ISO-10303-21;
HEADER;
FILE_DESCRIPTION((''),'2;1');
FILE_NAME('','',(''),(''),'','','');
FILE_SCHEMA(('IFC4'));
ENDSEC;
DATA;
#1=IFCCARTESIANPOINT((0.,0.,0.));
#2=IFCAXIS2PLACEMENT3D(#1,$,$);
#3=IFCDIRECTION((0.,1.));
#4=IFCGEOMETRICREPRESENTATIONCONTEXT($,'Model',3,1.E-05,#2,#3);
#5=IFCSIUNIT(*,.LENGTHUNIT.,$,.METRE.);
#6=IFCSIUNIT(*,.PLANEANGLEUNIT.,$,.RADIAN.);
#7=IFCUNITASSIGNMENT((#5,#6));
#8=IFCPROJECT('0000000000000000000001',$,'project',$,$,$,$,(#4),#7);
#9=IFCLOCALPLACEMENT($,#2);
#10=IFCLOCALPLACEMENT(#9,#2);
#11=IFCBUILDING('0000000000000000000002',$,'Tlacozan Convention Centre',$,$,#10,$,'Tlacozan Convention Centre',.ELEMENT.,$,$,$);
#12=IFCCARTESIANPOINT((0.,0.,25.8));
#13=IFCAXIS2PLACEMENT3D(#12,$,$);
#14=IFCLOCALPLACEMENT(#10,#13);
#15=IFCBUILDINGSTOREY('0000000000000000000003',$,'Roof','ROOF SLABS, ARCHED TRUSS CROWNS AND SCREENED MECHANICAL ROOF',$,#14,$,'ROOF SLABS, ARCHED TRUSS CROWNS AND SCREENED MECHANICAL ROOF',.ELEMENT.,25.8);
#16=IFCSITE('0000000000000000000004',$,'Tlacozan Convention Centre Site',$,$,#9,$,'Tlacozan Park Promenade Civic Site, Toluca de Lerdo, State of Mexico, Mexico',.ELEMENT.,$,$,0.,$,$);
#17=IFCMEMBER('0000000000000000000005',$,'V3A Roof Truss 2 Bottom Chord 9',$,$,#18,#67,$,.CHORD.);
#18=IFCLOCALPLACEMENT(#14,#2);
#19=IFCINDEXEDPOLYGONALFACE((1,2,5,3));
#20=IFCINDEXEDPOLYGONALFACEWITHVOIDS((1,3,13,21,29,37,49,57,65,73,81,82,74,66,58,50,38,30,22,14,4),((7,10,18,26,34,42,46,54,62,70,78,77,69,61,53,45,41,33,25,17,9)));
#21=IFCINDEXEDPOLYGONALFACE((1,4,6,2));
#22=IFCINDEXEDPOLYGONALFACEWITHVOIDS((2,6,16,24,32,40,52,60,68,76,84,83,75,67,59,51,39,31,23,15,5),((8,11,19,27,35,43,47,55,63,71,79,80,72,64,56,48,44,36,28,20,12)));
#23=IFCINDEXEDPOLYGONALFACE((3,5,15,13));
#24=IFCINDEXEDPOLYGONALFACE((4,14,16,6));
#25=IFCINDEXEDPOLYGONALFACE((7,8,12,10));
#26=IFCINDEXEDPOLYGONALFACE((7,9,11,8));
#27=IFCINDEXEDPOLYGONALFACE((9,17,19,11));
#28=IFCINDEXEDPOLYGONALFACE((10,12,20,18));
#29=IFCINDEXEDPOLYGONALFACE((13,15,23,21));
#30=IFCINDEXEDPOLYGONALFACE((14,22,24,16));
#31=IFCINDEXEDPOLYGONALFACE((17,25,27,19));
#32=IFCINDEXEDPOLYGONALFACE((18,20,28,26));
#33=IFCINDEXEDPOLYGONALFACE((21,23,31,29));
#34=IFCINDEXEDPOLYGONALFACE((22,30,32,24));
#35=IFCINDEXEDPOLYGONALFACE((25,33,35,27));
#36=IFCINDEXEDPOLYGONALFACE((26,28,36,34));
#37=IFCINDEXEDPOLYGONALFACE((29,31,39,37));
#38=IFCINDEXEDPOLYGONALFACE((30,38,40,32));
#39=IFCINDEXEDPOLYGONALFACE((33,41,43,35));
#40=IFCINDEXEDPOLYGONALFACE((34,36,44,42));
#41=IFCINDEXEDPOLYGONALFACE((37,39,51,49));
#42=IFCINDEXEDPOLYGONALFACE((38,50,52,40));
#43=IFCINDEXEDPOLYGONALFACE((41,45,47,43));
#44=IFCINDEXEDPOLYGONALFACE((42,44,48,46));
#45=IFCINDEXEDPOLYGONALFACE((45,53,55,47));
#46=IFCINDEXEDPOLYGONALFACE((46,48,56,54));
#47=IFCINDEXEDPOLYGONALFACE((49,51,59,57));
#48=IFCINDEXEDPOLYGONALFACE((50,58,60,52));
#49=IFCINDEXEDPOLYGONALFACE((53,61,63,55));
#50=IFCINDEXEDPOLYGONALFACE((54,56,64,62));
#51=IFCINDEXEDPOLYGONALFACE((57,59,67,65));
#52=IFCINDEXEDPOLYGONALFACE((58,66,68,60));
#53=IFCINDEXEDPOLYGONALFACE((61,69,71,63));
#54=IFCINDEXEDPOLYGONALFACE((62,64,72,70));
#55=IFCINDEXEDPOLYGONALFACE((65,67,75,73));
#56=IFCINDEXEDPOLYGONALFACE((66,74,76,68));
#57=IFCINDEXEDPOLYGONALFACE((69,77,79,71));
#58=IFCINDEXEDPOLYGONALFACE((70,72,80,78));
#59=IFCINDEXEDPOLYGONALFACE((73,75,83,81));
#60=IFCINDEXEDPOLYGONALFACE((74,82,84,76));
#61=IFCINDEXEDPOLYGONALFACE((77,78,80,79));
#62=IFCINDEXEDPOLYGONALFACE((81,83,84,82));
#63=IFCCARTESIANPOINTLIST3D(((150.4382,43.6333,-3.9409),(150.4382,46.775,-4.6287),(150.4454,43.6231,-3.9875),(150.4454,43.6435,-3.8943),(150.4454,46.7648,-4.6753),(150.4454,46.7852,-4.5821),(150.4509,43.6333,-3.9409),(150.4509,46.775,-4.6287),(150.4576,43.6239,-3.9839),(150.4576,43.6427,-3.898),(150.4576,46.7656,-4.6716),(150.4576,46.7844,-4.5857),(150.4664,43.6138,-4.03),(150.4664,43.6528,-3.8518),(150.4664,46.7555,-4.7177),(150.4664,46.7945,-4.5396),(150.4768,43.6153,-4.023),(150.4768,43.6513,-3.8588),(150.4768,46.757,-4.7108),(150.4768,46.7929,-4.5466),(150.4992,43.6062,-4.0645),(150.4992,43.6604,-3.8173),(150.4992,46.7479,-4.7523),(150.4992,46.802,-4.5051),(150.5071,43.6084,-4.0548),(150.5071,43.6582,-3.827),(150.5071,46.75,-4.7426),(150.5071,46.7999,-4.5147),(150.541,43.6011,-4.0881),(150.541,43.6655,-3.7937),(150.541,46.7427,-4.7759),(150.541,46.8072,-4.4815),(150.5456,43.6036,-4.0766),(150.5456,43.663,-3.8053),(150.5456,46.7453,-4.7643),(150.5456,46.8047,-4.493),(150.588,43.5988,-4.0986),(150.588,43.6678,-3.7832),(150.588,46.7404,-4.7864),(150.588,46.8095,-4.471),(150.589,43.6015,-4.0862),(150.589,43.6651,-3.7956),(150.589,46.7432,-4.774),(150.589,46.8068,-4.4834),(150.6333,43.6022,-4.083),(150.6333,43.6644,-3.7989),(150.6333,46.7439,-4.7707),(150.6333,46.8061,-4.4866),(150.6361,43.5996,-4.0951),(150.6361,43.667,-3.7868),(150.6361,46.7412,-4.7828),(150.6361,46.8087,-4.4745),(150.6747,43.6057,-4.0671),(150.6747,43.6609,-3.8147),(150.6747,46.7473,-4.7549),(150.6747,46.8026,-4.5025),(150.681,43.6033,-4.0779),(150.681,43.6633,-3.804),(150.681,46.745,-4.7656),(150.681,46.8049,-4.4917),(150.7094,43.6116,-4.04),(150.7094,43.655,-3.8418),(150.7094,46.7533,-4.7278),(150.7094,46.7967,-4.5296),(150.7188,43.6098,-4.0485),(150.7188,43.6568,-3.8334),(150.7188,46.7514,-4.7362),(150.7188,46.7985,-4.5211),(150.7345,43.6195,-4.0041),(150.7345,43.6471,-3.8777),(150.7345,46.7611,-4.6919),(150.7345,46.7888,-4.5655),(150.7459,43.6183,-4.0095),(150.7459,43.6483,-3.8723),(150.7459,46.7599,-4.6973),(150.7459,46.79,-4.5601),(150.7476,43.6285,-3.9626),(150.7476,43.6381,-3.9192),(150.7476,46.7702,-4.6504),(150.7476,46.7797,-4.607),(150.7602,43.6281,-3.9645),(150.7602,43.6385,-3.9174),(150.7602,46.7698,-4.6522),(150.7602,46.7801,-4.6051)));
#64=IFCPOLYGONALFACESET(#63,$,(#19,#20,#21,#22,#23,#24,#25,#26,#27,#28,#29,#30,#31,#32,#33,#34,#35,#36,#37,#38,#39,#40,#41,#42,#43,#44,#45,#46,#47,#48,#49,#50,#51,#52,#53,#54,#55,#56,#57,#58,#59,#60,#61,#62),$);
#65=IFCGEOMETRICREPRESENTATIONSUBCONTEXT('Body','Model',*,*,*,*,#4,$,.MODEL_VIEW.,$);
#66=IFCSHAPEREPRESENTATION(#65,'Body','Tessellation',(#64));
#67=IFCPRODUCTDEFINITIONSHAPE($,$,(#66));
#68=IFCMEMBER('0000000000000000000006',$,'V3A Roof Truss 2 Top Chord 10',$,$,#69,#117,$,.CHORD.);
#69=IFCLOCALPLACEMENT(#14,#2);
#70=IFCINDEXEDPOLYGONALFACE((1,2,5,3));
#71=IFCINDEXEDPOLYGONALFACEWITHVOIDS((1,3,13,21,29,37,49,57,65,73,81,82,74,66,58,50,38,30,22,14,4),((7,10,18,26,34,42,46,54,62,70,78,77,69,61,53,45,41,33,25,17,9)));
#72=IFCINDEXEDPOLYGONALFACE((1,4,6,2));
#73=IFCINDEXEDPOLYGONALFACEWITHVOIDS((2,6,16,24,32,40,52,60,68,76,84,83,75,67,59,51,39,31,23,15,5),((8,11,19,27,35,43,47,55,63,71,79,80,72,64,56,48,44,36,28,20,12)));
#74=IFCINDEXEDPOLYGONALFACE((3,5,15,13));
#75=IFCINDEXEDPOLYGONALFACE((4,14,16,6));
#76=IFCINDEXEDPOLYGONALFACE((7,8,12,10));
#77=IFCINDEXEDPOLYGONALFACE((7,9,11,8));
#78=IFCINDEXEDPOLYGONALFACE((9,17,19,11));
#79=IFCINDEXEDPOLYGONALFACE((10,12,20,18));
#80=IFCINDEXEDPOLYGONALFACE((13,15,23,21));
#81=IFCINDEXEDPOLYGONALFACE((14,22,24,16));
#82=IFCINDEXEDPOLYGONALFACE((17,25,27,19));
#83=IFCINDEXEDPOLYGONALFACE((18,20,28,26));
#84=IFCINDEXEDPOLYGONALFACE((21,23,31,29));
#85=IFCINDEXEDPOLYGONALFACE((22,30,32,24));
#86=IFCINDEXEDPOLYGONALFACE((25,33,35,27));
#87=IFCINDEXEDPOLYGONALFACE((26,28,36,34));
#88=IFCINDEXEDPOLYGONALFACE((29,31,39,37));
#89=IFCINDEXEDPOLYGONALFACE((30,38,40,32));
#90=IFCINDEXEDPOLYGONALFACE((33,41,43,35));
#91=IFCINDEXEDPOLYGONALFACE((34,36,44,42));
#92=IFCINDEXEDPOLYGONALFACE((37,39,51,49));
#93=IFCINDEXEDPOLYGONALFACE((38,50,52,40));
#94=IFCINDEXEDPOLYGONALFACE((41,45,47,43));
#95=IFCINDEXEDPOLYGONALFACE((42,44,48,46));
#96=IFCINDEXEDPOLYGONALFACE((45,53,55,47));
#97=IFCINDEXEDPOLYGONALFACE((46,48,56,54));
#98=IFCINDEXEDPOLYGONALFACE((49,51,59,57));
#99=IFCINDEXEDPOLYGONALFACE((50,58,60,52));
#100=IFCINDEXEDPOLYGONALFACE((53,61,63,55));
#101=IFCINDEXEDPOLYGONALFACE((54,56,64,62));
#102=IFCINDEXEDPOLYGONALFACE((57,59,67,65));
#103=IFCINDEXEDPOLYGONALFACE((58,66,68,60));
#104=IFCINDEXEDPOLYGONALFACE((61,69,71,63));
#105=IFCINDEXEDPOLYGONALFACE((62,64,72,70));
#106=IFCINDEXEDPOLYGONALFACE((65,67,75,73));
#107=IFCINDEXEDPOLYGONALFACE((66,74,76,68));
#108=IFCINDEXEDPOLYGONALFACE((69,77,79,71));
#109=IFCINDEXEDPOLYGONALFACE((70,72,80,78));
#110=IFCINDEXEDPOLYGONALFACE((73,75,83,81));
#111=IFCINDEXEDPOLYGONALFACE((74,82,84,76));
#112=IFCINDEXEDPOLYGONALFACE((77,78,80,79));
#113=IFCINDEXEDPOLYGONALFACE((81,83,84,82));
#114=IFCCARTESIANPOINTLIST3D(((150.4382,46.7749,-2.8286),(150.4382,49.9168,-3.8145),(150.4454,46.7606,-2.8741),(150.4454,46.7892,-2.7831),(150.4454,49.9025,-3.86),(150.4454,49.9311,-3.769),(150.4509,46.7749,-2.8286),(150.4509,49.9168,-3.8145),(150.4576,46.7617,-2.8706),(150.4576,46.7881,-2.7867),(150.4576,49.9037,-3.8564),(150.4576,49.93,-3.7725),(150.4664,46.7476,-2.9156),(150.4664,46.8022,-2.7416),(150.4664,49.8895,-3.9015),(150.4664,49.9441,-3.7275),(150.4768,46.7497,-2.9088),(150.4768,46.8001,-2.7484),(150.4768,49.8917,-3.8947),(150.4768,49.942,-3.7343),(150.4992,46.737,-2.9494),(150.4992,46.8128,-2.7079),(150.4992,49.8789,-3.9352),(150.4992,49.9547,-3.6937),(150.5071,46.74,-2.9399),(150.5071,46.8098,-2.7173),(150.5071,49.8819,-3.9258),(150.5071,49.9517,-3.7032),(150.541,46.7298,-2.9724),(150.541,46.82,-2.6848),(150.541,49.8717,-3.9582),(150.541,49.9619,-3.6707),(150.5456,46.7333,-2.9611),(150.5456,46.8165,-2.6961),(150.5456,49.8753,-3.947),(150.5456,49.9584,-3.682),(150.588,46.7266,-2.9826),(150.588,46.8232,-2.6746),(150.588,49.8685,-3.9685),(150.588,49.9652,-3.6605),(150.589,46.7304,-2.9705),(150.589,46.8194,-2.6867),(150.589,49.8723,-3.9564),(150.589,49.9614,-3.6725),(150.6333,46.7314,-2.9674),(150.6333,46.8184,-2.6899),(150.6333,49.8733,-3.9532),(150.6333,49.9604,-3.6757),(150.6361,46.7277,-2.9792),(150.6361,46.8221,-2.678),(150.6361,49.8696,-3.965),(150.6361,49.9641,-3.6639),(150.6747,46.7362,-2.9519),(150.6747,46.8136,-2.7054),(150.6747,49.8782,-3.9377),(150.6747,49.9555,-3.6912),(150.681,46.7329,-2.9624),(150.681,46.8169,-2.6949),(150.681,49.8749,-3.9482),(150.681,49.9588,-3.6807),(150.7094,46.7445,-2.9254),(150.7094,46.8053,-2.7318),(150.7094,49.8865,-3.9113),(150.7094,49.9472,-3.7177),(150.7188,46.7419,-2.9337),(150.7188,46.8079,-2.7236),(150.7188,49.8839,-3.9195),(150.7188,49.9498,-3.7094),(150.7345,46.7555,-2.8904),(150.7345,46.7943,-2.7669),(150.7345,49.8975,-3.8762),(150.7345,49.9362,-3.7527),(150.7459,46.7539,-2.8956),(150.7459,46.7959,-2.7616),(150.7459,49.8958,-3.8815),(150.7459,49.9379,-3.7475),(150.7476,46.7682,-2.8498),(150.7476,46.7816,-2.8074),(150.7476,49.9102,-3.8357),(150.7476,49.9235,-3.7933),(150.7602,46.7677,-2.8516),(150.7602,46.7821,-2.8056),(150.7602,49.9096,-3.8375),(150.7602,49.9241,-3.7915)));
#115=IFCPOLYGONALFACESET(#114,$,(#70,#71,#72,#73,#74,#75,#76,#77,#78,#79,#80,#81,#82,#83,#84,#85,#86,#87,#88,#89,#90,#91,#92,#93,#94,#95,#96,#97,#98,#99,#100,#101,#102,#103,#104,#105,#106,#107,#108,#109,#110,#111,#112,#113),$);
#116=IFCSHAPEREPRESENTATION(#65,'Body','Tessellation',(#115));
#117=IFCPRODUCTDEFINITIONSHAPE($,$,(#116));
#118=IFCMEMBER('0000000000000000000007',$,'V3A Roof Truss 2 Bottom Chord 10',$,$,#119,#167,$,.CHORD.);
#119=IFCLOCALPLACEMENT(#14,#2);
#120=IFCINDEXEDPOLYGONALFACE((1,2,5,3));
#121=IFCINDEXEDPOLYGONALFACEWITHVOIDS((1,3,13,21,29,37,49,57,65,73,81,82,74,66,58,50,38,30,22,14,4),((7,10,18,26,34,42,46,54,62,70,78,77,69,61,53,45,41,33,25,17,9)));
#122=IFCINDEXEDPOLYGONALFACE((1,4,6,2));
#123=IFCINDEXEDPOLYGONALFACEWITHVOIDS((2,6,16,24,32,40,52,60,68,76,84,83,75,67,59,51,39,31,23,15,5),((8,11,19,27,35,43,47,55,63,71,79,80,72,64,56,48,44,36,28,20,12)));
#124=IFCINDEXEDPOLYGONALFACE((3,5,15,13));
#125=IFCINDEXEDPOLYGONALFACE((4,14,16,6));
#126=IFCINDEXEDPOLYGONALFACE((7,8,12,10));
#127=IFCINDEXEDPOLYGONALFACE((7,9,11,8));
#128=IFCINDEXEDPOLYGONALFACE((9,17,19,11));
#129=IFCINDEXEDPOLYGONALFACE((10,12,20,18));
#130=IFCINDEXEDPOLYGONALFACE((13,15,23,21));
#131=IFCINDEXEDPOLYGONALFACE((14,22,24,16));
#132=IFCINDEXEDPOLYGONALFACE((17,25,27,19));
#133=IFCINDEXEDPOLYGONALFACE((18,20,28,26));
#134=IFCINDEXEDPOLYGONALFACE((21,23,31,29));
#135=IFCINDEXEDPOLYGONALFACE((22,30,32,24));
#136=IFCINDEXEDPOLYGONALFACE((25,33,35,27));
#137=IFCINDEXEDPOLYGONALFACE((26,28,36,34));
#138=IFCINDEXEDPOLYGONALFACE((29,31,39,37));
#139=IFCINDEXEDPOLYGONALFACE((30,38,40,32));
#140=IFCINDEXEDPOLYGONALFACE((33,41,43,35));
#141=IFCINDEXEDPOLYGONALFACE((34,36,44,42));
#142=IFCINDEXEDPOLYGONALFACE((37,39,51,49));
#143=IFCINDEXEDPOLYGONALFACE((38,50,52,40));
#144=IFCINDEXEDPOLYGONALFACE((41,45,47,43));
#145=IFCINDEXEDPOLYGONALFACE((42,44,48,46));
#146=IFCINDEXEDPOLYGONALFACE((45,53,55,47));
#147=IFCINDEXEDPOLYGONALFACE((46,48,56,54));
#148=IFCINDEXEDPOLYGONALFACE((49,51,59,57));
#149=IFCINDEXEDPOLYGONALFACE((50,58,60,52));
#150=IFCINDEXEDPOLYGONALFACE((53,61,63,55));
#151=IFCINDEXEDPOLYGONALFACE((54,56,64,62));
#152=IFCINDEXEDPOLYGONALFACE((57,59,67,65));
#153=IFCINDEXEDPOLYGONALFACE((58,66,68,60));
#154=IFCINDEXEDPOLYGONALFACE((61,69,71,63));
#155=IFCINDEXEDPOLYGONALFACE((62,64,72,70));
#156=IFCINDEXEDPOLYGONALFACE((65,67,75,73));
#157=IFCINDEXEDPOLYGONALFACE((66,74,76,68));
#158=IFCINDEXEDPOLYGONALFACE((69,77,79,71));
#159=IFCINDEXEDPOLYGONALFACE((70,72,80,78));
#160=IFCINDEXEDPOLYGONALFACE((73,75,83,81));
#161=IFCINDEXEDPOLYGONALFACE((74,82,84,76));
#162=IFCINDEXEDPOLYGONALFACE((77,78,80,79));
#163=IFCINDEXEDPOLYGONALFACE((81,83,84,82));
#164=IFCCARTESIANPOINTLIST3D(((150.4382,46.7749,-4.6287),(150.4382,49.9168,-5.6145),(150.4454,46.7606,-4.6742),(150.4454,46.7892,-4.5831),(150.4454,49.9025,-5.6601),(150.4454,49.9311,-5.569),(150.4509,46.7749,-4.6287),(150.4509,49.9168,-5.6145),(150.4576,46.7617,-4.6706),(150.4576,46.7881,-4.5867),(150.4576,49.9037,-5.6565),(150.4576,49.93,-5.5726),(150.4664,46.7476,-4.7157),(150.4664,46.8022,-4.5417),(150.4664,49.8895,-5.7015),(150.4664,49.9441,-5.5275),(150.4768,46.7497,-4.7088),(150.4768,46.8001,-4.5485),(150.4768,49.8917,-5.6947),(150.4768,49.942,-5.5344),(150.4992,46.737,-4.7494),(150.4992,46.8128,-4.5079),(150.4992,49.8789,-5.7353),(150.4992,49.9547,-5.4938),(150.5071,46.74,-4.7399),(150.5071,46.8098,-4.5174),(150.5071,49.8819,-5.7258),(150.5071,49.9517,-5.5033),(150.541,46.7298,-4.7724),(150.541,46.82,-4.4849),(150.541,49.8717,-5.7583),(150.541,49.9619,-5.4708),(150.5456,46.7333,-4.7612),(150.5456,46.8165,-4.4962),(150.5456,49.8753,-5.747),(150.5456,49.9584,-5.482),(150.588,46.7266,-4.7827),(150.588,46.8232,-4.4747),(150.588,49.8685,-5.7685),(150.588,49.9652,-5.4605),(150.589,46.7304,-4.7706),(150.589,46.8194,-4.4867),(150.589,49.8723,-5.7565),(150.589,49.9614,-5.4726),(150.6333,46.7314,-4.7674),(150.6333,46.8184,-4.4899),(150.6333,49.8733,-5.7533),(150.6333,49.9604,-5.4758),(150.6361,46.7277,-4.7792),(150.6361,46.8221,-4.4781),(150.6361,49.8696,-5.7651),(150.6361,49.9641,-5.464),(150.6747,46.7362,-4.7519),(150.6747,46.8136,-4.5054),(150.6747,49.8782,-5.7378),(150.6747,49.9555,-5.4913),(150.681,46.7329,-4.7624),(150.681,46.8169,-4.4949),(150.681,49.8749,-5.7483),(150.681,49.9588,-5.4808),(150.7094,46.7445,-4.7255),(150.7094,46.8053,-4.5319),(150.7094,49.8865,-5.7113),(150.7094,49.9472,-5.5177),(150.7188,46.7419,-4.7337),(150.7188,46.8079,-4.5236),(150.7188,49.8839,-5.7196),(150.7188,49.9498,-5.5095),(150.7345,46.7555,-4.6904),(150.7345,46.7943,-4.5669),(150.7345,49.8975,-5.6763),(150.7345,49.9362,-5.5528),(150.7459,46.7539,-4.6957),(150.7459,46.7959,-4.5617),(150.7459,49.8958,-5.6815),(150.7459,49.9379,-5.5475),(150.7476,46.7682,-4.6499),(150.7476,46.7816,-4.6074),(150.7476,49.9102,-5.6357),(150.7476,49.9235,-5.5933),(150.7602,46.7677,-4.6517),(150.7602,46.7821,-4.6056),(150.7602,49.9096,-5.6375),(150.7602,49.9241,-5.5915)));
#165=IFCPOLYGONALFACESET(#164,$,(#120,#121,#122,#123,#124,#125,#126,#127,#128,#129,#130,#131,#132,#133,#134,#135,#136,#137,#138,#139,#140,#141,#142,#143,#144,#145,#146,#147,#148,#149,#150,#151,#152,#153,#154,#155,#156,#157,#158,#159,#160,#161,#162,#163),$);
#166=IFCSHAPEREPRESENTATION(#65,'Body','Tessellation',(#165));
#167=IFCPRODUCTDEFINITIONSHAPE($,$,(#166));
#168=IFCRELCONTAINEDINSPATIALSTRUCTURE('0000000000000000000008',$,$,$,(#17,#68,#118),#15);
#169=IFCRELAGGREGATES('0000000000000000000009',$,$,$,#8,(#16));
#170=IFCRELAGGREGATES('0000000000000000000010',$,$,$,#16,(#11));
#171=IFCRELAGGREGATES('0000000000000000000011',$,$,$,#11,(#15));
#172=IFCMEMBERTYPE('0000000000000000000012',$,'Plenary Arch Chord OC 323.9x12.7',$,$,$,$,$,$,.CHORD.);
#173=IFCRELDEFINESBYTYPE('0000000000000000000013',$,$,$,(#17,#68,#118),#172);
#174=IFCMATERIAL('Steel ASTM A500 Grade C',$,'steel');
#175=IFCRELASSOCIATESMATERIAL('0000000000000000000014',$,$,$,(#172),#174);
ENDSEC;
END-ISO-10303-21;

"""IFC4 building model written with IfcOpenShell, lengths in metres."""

from ifc_helpers import new_model, si_unit, direction, frame, origin, origin_2d, place, context, subcontext, project, spatial, hollow_circle, extrude, material, material_profile, profile_set, type_object, element, save


model = new_model("IFC4")

# Units and contexts
model_context = context("Model", 3, precision=1e-05, world=origin(), true_north=direction((0.0, 1.0)))
body_context = subcontext(model_context, "Body", "Model", "MODEL_VIEW")
ifc_project = project(units=[si_unit("LENGTHUNIT", "METRE"), si_unit("PLANEANGLEUNIT", "RADIAN")], contexts=[model_context])

# Site, building, storey
site_placement = place(None, origin())
site = spatial("IfcSite", under=ifc_project, at=site_placement, Name="Tlacozan Convention Centre Site", LongName="Tlacozan Park Promenade Civic Site, Toluca de Lerdo, State of Mexico, Mexico", CompositionType="ELEMENT", RefElevation=0.0)
building_placement = place(site_placement, origin())
building = spatial("IfcBuilding", under=site, at=building_placement, Name="Tlacozan Convention Centre", LongName="Tlacozan Convention Centre", CompositionType="ELEMENT")
storey_placement = place(building_placement, frame((0.0, 0.0, 25.8)))
storey = spatial("IfcBuildingStorey", under=building, at=storey_placement, Name="Roof", Description="ROOF SLABS, ARCHED TRUSS CROWNS AND SCREENED MECHANICAL ROOF", LongName="ROOF SLABS, ARCHED TRUSS CROWNS AND SCREENED MECHANICAL ROOF", CompositionType="ELEMENT", Elevation=25.8)

# Members
ifc_material_1 = material(Name="Steel ASTM A500 Grade C", Category="steel")
ifc_material_profile_1 = material_profile(ifc_material_1, hollow_circle(Radius=0.1619, WallThickness=0.0127, at=origin_2d()), Name="OC 323.9x12.7")
ifc_profile_set_1 = profile_set([ifc_material_profile_1], Name="Steel ASTM A500 Grade C")
member_type_1 = type_object("IfcMemberType", Name="Plenary Arch Chord OC 323.9x12.7", PredefinedType="CHORD", material=ifc_profile_set_1)
for number, where, z_axis, x_axis, name in (
    (1, (150.6001, 43.6333, -3.9409), (0.0, 0.976866, -0.213851), (-1.0, 0.0, 0.0), "V3A Roof Truss 2 Bottom Chord 9"),
):
    element("IfcMember", number, at=place(storey_placement, frame(where, z_axis=z_axis, x_axis=x_axis)), inside=storey, type_object=member_type_1, Name=name, PredefinedType="CHORD", context=body_context, shape_type="SweptSolid", body=[
        extrude(hollow_circle(Radius=0.1619, WallThickness=0.0127, at=origin_2d()), origin(), (0.0, 0.0, 1.0), 3.2161),
    ])
for number, where, z_axis, x_axis, name in (
    (2, (150.6001, 46.7749, -2.8286), (0.0, 0.954132, -0.299385), (-1.0, 0.0, 0.0), "V3A Roof Truss 2 Top Chord 10"),
    (3, (150.6001, 46.7749, -4.6287), (0.0, 0.954132, -0.299385), (-1.0, 0.0, 0.0), "V3A Roof Truss 2 Bottom Chord 10"),
):
    element("IfcMember", number, at=place(storey_placement, frame(where, z_axis=z_axis, x_axis=x_axis)), inside=storey, type_object=member_type_1, Name=name, PredefinedType="CHORD", context=body_context, shape_type="SweptSolid", body=[
        extrude(hollow_circle(Radius=0.1619, WallThickness=0.0127, at=origin_2d()), origin(), (0.0, 0.0, 1.0), 3.293),
    ])

save(model, "model.ifc")
